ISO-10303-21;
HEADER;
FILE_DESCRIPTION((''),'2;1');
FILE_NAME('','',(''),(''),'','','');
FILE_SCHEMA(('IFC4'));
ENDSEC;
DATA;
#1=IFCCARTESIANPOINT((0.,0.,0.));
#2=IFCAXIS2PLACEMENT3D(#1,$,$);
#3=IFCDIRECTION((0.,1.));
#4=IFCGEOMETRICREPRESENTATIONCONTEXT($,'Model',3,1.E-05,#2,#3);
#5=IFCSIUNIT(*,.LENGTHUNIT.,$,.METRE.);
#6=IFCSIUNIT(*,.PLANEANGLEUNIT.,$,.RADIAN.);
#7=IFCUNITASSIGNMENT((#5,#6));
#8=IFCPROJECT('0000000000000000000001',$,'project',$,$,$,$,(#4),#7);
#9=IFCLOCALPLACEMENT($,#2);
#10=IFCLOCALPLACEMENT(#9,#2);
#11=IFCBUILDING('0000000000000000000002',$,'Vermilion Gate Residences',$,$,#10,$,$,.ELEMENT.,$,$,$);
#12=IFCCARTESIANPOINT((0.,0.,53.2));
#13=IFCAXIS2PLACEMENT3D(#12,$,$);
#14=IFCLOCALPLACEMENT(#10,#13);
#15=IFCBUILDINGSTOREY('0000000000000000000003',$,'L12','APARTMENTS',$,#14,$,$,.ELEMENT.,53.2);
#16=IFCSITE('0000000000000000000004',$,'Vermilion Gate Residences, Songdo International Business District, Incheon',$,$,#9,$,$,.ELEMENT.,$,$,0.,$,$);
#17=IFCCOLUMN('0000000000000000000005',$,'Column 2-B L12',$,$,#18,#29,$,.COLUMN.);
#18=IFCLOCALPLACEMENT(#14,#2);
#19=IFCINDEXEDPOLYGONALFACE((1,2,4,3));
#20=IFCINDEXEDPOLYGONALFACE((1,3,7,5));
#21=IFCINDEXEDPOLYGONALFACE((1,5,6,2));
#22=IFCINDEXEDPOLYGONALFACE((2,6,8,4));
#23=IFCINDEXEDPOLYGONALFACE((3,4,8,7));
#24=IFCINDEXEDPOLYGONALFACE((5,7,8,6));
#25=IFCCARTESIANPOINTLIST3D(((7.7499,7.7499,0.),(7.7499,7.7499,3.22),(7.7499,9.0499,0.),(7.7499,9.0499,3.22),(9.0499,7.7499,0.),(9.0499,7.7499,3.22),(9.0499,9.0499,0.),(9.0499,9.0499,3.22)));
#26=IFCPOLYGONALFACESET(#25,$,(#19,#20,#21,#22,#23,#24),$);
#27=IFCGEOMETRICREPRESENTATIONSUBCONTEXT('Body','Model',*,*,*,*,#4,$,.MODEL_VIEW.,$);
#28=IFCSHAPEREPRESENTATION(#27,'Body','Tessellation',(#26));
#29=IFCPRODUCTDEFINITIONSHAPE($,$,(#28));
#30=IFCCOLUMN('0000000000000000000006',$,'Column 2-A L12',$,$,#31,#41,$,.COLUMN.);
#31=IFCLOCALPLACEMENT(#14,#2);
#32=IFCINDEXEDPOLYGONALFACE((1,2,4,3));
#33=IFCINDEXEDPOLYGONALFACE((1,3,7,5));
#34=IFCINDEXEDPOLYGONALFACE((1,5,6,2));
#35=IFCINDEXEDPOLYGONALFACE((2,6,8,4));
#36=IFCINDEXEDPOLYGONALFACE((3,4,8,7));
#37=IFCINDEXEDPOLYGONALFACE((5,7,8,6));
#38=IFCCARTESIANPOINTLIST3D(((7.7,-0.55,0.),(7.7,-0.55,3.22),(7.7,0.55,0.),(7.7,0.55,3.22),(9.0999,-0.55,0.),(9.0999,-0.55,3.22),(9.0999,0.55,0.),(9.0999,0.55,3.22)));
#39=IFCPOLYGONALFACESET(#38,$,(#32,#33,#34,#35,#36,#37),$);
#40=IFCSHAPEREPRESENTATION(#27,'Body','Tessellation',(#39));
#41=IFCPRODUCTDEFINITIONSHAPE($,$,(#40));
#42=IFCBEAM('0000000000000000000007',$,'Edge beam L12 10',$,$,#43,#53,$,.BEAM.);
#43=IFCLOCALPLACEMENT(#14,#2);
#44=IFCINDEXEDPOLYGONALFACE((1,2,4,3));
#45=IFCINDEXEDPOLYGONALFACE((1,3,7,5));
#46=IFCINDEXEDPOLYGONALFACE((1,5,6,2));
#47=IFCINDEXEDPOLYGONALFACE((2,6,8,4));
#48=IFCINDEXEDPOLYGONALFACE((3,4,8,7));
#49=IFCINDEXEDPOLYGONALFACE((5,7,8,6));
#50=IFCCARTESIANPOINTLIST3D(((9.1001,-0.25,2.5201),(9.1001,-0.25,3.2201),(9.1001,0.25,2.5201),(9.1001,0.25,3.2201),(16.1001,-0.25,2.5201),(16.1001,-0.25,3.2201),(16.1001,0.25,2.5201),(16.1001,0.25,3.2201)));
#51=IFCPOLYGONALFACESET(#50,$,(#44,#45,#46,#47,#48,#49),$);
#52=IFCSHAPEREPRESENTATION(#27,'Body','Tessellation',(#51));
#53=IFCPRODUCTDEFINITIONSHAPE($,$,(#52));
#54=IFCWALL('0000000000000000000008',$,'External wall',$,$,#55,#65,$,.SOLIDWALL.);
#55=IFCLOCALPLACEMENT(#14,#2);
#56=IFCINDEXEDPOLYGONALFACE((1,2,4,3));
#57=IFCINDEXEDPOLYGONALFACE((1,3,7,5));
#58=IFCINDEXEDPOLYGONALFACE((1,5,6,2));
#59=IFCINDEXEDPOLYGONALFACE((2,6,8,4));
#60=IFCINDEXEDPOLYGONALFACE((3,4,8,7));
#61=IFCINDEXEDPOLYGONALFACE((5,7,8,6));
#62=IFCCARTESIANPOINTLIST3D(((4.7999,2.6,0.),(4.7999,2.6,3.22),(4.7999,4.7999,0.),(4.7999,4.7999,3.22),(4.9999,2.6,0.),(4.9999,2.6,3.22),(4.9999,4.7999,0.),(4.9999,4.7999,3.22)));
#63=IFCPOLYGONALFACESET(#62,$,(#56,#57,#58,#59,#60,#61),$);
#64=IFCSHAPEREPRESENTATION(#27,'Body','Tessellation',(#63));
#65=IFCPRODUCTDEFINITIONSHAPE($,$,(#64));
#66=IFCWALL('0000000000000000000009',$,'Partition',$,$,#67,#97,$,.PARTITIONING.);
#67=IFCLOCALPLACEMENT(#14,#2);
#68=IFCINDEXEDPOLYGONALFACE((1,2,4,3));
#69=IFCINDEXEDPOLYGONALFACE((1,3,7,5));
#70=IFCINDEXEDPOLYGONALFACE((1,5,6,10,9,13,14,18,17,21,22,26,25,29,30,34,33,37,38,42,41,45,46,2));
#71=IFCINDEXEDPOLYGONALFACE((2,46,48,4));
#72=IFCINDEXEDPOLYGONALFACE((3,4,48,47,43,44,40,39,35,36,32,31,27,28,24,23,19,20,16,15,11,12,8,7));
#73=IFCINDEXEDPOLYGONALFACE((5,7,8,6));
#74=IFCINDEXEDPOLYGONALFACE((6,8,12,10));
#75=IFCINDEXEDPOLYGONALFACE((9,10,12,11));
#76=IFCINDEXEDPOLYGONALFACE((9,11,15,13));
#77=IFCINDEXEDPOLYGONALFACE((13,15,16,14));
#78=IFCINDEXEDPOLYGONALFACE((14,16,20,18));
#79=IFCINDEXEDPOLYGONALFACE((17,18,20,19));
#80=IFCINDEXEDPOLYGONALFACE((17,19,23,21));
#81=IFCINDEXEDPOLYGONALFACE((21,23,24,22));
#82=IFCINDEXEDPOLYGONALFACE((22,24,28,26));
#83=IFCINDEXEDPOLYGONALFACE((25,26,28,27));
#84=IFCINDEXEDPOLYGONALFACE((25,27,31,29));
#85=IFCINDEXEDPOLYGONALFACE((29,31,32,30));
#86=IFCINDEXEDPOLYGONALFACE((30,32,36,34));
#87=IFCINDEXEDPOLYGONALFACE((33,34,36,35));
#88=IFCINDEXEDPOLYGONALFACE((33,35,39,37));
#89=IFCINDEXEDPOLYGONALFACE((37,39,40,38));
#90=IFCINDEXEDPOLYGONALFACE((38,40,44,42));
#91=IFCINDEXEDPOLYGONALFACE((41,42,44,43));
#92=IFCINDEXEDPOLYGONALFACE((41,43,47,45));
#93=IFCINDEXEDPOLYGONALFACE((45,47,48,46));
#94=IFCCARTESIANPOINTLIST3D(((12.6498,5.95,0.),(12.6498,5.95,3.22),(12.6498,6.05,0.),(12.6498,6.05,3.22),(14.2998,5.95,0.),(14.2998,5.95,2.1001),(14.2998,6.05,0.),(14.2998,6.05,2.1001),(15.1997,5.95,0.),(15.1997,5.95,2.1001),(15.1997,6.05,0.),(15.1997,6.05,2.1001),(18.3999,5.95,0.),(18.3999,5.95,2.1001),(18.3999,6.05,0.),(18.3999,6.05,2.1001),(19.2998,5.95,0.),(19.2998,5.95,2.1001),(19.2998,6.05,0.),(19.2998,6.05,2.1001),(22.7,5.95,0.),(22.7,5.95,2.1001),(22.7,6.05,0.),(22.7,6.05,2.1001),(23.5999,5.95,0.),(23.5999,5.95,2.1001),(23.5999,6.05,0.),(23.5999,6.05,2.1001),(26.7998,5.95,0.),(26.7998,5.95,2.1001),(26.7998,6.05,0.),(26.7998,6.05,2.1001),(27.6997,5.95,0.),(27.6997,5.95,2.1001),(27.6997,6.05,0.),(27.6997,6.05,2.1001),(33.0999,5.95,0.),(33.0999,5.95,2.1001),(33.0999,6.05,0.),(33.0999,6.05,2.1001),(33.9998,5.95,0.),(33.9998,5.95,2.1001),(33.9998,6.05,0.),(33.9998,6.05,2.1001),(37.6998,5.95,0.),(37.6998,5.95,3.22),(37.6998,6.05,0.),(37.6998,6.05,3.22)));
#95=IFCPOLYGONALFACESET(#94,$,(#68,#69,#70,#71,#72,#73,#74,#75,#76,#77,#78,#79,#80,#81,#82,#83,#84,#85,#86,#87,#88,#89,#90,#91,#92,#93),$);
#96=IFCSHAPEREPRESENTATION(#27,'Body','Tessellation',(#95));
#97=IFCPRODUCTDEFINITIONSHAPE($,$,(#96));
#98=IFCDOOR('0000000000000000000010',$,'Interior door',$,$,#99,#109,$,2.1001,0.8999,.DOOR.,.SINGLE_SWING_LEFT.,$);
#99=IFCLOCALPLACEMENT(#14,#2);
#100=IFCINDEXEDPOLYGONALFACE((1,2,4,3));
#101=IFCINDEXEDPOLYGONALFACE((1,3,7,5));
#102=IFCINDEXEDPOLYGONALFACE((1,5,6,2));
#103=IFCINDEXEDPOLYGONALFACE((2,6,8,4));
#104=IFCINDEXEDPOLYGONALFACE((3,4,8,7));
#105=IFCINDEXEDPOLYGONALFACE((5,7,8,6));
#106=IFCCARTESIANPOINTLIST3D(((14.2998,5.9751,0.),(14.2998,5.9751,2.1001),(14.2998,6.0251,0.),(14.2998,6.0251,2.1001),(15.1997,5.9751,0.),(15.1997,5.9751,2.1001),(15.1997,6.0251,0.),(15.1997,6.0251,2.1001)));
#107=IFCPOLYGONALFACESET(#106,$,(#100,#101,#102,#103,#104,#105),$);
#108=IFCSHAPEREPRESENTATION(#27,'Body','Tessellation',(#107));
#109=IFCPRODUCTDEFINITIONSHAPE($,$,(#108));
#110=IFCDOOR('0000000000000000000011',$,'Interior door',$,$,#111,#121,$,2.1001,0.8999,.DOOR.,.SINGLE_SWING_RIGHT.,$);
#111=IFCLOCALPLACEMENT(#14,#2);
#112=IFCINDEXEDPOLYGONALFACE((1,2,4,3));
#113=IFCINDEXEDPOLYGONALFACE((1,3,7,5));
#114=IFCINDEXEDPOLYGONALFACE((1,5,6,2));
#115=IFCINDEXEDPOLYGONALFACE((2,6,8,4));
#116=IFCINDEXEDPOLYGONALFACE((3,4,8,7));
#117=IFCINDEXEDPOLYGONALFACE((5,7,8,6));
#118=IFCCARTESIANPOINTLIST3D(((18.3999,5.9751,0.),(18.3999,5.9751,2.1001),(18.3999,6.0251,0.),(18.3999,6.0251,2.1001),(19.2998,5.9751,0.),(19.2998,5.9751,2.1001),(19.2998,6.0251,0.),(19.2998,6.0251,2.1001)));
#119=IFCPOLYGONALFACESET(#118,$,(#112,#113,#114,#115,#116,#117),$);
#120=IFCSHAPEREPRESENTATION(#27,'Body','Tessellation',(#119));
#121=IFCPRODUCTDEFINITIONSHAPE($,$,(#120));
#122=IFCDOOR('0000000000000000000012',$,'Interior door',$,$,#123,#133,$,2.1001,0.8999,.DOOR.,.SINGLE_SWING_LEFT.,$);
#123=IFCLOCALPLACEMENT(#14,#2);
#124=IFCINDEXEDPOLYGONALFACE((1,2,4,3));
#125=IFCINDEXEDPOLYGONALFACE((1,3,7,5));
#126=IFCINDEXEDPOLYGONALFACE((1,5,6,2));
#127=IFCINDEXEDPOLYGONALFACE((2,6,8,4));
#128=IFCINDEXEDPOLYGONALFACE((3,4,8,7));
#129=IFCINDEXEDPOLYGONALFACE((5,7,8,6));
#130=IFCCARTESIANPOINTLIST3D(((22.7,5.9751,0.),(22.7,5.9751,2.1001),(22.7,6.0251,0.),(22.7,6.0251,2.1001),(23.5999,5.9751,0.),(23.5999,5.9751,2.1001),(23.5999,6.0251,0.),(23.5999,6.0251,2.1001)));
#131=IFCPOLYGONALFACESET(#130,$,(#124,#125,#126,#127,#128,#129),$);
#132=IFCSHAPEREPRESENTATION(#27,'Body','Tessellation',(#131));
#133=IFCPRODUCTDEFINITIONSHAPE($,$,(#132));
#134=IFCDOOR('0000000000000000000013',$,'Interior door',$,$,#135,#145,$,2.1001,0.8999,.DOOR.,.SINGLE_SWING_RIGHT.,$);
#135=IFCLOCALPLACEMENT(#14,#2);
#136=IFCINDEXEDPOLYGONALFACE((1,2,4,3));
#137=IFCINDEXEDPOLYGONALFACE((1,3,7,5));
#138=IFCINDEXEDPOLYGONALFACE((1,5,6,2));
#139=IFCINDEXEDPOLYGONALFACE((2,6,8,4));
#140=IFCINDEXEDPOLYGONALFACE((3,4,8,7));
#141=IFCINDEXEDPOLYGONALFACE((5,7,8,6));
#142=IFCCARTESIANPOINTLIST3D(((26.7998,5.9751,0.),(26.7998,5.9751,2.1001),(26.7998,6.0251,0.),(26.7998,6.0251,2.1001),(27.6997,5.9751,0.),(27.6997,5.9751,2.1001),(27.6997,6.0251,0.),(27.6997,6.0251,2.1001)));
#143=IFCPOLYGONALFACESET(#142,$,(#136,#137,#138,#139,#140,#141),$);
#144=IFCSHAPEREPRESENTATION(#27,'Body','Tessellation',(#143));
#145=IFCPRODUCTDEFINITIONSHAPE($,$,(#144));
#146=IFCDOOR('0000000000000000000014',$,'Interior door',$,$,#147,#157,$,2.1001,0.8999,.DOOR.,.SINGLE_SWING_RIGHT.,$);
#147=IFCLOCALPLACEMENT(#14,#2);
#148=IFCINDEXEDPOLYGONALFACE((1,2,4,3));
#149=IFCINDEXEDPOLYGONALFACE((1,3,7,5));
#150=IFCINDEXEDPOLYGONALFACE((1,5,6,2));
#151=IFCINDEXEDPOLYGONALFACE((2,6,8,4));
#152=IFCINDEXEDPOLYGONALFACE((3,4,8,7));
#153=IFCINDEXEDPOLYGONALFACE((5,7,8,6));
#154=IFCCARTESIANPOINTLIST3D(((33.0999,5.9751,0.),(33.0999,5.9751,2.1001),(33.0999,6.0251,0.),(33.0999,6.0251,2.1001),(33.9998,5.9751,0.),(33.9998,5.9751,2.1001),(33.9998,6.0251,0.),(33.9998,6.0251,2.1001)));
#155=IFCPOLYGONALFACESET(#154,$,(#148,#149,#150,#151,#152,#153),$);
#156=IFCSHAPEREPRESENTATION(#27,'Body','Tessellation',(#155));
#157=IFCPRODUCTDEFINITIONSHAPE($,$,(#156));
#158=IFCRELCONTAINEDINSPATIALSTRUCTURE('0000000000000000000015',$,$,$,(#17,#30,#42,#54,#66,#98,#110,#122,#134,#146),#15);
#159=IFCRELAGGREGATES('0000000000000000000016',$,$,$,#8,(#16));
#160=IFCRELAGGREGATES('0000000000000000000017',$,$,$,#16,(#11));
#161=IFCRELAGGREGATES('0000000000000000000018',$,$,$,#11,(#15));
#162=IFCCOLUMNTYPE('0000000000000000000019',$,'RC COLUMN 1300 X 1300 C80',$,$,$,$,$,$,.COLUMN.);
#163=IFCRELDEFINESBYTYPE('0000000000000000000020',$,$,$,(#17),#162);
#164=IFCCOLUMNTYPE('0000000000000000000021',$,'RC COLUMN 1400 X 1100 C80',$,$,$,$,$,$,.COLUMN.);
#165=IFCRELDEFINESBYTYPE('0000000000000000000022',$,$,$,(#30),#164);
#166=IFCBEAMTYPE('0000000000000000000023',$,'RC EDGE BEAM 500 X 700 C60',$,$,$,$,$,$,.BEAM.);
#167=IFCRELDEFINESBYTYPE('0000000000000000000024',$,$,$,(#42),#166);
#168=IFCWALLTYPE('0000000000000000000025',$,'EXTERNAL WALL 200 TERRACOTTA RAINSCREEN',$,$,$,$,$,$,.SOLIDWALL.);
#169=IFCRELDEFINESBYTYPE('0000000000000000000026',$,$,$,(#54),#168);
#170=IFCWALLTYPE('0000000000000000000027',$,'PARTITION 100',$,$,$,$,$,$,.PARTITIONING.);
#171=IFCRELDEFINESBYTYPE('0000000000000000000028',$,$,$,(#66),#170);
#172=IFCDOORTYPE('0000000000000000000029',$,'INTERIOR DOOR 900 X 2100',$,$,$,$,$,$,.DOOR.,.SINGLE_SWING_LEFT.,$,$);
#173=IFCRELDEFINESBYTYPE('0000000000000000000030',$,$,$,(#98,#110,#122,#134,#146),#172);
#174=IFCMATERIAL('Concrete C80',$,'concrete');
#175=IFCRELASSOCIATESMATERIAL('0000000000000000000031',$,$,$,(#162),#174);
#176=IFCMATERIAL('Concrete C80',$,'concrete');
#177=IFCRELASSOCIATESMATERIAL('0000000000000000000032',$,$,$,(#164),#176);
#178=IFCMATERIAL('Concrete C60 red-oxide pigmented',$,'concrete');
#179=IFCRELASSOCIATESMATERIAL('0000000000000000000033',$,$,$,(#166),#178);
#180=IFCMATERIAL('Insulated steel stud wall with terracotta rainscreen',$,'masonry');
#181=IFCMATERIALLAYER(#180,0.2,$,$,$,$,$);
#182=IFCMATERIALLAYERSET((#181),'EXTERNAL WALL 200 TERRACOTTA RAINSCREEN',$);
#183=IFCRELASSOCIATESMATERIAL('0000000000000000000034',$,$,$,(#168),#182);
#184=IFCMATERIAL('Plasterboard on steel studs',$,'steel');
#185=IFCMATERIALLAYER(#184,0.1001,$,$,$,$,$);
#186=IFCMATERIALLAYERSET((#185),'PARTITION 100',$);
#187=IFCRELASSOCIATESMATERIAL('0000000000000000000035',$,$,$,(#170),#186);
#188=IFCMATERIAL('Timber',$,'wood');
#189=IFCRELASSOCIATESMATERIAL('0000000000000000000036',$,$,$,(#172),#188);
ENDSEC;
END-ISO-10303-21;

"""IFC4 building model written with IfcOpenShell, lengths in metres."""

from ifc_helpers import new_model, si_unit, direction, frame, frame_2d, origin, origin_2d, place, context, subcontext, project, spatial, rectangle, extrude, material, layer, layer_set, material_profile, profile_set, type_object, element, fill, save


model = new_model("IFC4")

# Units and contexts
model_context = context("Model", 3, precision=1e-05, world=origin(), true_north=direction((0.0, 1.0)))
body_context = subcontext(model_context, "Body", "Model", "MODEL_VIEW")
ifc_project = project(units=[si_unit("LENGTHUNIT", "METRE"), si_unit("PLANEANGLEUNIT", "RADIAN")], contexts=[model_context])

# Site, building, storey
site_placement = place(None, origin())
site = spatial("IfcSite", under=ifc_project, at=site_placement, Name="Vermilion Gate Residences, Songdo International Business District, Incheon", CompositionType="ELEMENT", RefElevation=0.0)
building_placement = place(site_placement, origin())
building = spatial("IfcBuilding", under=site, at=building_placement, Name="Vermilion Gate Residences", CompositionType="ELEMENT")
storey_placement = place(building_placement, frame((0.0, 0.0, 53.2)))
storey = spatial("IfcBuildingStorey", under=building, at=storey_placement, Name="L12", Description="APARTMENTS", CompositionType="ELEMENT", Elevation=53.2)

# Columns
ifc_material_1 = material(Name="Concrete C80", Category="concrete")
ifc_material_profile_1 = material_profile(ifc_material_1, rectangle(XDim=1.3, YDim=1.3, at=origin_2d()), Name="RC-1300x1300")
ifc_profile_set_1 = profile_set([ifc_material_profile_1], Name="Concrete C80")
column_type_1 = type_object("IfcColumnType", Name="RC COLUMN 1300 X 1300 C80", PredefinedType="COLUMN", material=ifc_profile_set_1)
column_1_placement = place(storey_placement, frame((8.3999, 8.3999, 0.0), z_axis=(0.0, 0.0, 1.0), x_axis=(1.0, 0.0, 0.0)))
element("IfcColumn", 1, at=column_1_placement, inside=storey, type_object=column_type_1, Name="Column 2-B L12", PredefinedType="COLUMN", context=body_context, shape_type="SweptSolid", body=[
    extrude(rectangle(XDim=1.3, YDim=1.3, at=origin_2d()), origin(), (0.0, 0.0, 1.0), 3.22),
])
ifc_material_2 = material(Name="Concrete C80", Category="concrete")
ifc_material_profile_2 = material_profile(ifc_material_2, rectangle(XDim=1.3999, YDim=1.1001, at=origin_2d()), Name="RC-1400x1100")
ifc_profile_set_2 = profile_set([ifc_material_profile_2], Name="Concrete C80")
column_type_2 = type_object("IfcColumnType", Name="RC COLUMN 1400 X 1100 C80", PredefinedType="COLUMN", material=ifc_profile_set_2)
column_2_placement = place(storey_placement, frame((8.3999, 0.0, 0.0), z_axis=(0.0, 0.0, 1.0), x_axis=(1.0, 0.0, 0.0)))
element("IfcColumn", 2, at=column_2_placement, inside=storey, type_object=column_type_2, Name="Column 2-A L12", PredefinedType="COLUMN", context=body_context, shape_type="SweptSolid", body=[
    extrude(rectangle(XDim=1.3999, YDim=1.1001, at=origin_2d()), origin(), (0.0, 0.0, 1.0), 3.22),
])

# Beam
ifc_material_3 = material(Name="Concrete C60 red-oxide pigmented", Category="concrete")
ifc_material_profile_3 = material_profile(ifc_material_3, rectangle(XDim=0.5, YDim=0.7, at=origin_2d()), Name="RC-500x700")
ifc_profile_set_3 = profile_set([ifc_material_profile_3], Name="Concrete C60 red-oxide pigmented")
beam_type = type_object("IfcBeamType", Name="RC EDGE BEAM 500 X 700 C60", PredefinedType="BEAM", material=ifc_profile_set_3)
beam_placement = place(storey_placement, frame((9.1001, 0.0, 2.8701), z_axis=(1.0, 0.0, 0.0), x_axis=(0.0, 1.0, 0.0)))
element("IfcBeam", 3, at=beam_placement, inside=storey, type_object=beam_type, Name="Edge beam L12 10", PredefinedType="BEAM", context=body_context, shape_type="SweptSolid", body=[
    extrude(rectangle(XDim=0.5, YDim=0.7, at=origin_2d()), origin(), (0.0, 0.0, 1.0), 7.0),
])

# Wall
ifc_material_4 = material(Name="Insulated steel stud wall with terracotta rainscreen", Category="masonry")
ifc_layer_1 = layer(ifc_material_4, 0.2)
ifc_layer_set_1 = layer_set([ifc_layer_1], Name="EXTERNAL WALL 200 TERRACOTTA RAINSCREEN")
wall_type_1 = type_object("IfcWallType", Name="EXTERNAL WALL 200 TERRACOTTA RAINSCREEN", PredefinedType="SOLIDWALL", material=ifc_layer_set_1)
wall_1_placement = place(storey_placement, frame((4.8999, 4.8, 0.0), z_axis=(0.0, 0.0, 1.0), x_axis=(0.0, -1.0, 0.0)))
element("IfcWall", 4, at=wall_1_placement, inside=storey, type_object=wall_type_1, Name="External wall", PredefinedType="SOLIDWALL", context=body_context, shape_type="SweptSolid", body=[
    extrude(rectangle(XDim=2.2, YDim=0.2, at=frame_2d((1.1001, 0.0))), origin(), (0.0, 0.0, 1.0), 3.22),
])

# Wall, openings, doors
ifc_material_5 = material(Name="Plasterboard on steel studs", Category="steel")
ifc_layer_2 = layer(ifc_material_5, 0.1001)
ifc_layer_set_2 = layer_set([ifc_layer_2], Name="PARTITION 100")
wall_type_2 = type_object("IfcWallType", Name="PARTITION 100", PredefinedType="PARTITIONING", material=ifc_layer_set_2)
wall_2_placement = place(storey_placement, frame((12.6499, 6.0, 0.0), z_axis=(0.0, 0.0, 1.0), x_axis=(1.0, 0.0, 0.0)))
wall_2 = element("IfcWall", 5, at=wall_2_placement, inside=storey, type_object=wall_type_2, Name="Partition", PredefinedType="PARTITIONING", context=body_context, shape_type="SweptSolid", body=[
    extrude(rectangle(XDim=25.05, YDim=0.1001, at=frame_2d((12.5249, 0.0))), origin(), (0.0, 0.0, 1.0), 3.22),
])
opening_1_placement = place(wall_2_placement, frame((1.6499, 0.0, 0.0)))
opening_1 = element("IfcOpeningElement", 6, at=opening_1_placement, cuts=wall_2, PredefinedType="OPENING", context=body_context, shape_type="SweptSolid", body=[
    extrude(rectangle(XDim=0.8999, YDim=2.1001, at=frame_2d((0.45, 1.05))), frame((0.0, 0.0601, 0.0), z_axis=(0.0, -1.0, 0.0), x_axis=(1.0, 0.0, 0.0)), (0.0, 0.0, 1.0), 0.1201),
])
opening_2_placement = place(wall_2_placement, frame((5.75, 0.0, 0.0)))
opening_2 = element("IfcOpeningElement", 7, at=opening_2_placement, cuts=wall_2, PredefinedType="OPENING", context=body_context, shape_type="SweptSolid", body=[
    extrude(rectangle(XDim=0.8999, YDim=2.1001, at=frame_2d((0.45, 1.05))), frame((0.0, 0.0601, 0.0), z_axis=(0.0, -1.0, 0.0), x_axis=(1.0, 0.0, 0.0)), (0.0, 0.0, 1.0), 0.1201),
])
opening_3_placement = place(wall_2_placement, frame((10.05, 0.0, 0.0)))
opening_3 = element("IfcOpeningElement", 8, at=opening_3_placement, cuts=wall_2, PredefinedType="OPENING", context=body_context, shape_type="SweptSolid", body=[
    extrude(rectangle(XDim=0.8999, YDim=2.1001, at=frame_2d((0.45, 1.05))), frame((0.0, 0.0601, 0.0), z_axis=(0.0, -1.0, 0.0), x_axis=(1.0, 0.0, 0.0)), (0.0, 0.0, 1.0), 0.1201),
])
opening_4_placement = place(wall_2_placement, frame((14.1499, 0.0, 0.0)))
opening_4 = element("IfcOpeningElement", 9, at=opening_4_placement, cuts=wall_2, PredefinedType="OPENING", context=body_context, shape_type="SweptSolid", body=[
    extrude(rectangle(XDim=0.8999, YDim=2.1001, at=frame_2d((0.45, 1.05))), frame((0.0, 0.0601, 0.0), z_axis=(0.0, -1.0, 0.0), x_axis=(1.0, 0.0, 0.0)), (0.0, 0.0, 1.0), 0.1201),
])
opening_5_placement = place(wall_2_placement, frame((20.45, 0.0, 0.0)))
opening_5 = element("IfcOpeningElement", 10, at=opening_5_placement, cuts=wall_2, PredefinedType="OPENING", context=body_context, shape_type="SweptSolid", body=[
    extrude(rectangle(XDim=0.8999, YDim=2.1001, at=frame_2d((0.45, 1.05))), frame((0.0, 0.0601, 0.0), z_axis=(0.0, -1.0, 0.0), x_axis=(1.0, 0.0, 0.0)), (0.0, 0.0, 1.0), 0.1201),
])
ifc_material_6 = material(Name="Timber", Category="wood")
door_type = type_object("IfcDoorType", Name="INTERIOR DOOR 900 X 2100", OperationType="SINGLE_SWING_LEFT", PredefinedType="DOOR", material=ifc_material_6)
door_1_placement = place(opening_1_placement, frame((0.8999, 0.0, 0.0), z_axis=(0.0, 0.0, 1.0), x_axis=(-1.0, 0.0, 0.0)))
door_1 = element("IfcDoor", 11, at=door_1_placement, inside=storey, type_object=door_type, Name="Interior door", OperationType="SINGLE_SWING_LEFT", OverallHeight=2.1001, OverallWidth=0.8999, PredefinedType="DOOR", context=body_context, shape_type="SweptSolid", body=[
    extrude(rectangle(XDim=0.8999, YDim=2.1001, at=frame_2d((0.45, 1.05))), frame((0.0, 0.0249, 0.0), z_axis=(0.0, -1.0, 0.0), x_axis=(1.0, 0.0, 0.0)), (0.0, 0.0, 1.0), 0.05),
])
fill(opening_1, door_1)
door_2_placement = place(opening_2_placement, frame((0.8999, 0.0, 0.0), z_axis=(0.0, 0.0, 1.0), x_axis=(-1.0, 0.0, 0.0)))
door_2 = element("IfcDoor", 12, at=door_2_placement, inside=storey, type_object=door_type, Name="Interior door", OperationType="SINGLE_SWING_RIGHT", OverallHeight=2.1001, OverallWidth=0.8999, PredefinedType="DOOR", context=body_context, shape_type="SweptSolid", body=[
    extrude(rectangle(XDim=0.8999, YDim=2.1001, at=frame_2d((0.45, 1.05))), frame((0.0, 0.0249, 0.0), z_axis=(0.0, -1.0, 0.0), x_axis=(1.0, 0.0, 0.0)), (0.0, 0.0, 1.0), 0.05),
])
fill(opening_2, door_2)
door_3_placement = place(opening_3_placement, frame((0.8999, 0.0, 0.0), z_axis=(0.0, 0.0, 1.0), x_axis=(-1.0, 0.0, 0.0)))
door_3 = element("IfcDoor", 13, at=door_3_placement, inside=storey, type_object=door_type, Name="Interior door", OperationType="SINGLE_SWING_LEFT", OverallHeight=2.1001, OverallWidth=0.8999, PredefinedType="DOOR", context=body_context, shape_type="SweptSolid", body=[
    extrude(rectangle(XDim=0.8999, YDim=2.1001, at=frame_2d((0.45, 1.05))), frame((0.0, 0.0249, 0.0), z_axis=(0.0, -1.0, 0.0), x_axis=(1.0, 0.0, 0.0)), (0.0, 0.0, 1.0), 0.05),
])
fill(opening_3, door_3)
door_4_placement = place(opening_4_placement, frame((0.8999, 0.0, 0.0), z_axis=(0.0, 0.0, 1.0), x_axis=(-1.0, 0.0, 0.0)))
door_4 = element("IfcDoor", 14, at=door_4_placement, inside=storey, type_object=door_type, Name="Interior door", OperationType="SINGLE_SWING_RIGHT", OverallHeight=2.1001, OverallWidth=0.8999, PredefinedType="DOOR", context=body_context, shape_type="SweptSolid", body=[
    extrude(rectangle(XDim=0.8999, YDim=2.1001, at=frame_2d((0.45, 1.05))), frame((0.0, 0.0249, 0.0), z_axis=(0.0, -1.0, 0.0), x_axis=(1.0, 0.0, 0.0)), (0.0, 0.0, 1.0), 0.05),
])
fill(opening_4, door_4)
door_5_placement = place(opening_5_placement, frame((0.8999, 0.0, 0.0), z_axis=(0.0, 0.0, 1.0), x_axis=(-1.0, 0.0, 0.0)))
door_5 = element("IfcDoor", 15, at=door_5_placement, inside=storey, type_object=door_type, Name="Interior door", OperationType="SINGLE_SWING_RIGHT", OverallHeight=2.1001, OverallWidth=0.8999, PredefinedType="DOOR", context=body_context, shape_type="SweptSolid", body=[
    extrude(rectangle(XDim=0.8999, YDim=2.1001, at=frame_2d((0.45, 1.05))), frame((0.0, 0.0249, 0.0), z_axis=(0.0, -1.0, 0.0), x_axis=(1.0, 0.0, 0.0)), (0.0, 0.0, 1.0), 0.05),
])
fill(opening_5, door_5)

save(model, "model.ifc")
